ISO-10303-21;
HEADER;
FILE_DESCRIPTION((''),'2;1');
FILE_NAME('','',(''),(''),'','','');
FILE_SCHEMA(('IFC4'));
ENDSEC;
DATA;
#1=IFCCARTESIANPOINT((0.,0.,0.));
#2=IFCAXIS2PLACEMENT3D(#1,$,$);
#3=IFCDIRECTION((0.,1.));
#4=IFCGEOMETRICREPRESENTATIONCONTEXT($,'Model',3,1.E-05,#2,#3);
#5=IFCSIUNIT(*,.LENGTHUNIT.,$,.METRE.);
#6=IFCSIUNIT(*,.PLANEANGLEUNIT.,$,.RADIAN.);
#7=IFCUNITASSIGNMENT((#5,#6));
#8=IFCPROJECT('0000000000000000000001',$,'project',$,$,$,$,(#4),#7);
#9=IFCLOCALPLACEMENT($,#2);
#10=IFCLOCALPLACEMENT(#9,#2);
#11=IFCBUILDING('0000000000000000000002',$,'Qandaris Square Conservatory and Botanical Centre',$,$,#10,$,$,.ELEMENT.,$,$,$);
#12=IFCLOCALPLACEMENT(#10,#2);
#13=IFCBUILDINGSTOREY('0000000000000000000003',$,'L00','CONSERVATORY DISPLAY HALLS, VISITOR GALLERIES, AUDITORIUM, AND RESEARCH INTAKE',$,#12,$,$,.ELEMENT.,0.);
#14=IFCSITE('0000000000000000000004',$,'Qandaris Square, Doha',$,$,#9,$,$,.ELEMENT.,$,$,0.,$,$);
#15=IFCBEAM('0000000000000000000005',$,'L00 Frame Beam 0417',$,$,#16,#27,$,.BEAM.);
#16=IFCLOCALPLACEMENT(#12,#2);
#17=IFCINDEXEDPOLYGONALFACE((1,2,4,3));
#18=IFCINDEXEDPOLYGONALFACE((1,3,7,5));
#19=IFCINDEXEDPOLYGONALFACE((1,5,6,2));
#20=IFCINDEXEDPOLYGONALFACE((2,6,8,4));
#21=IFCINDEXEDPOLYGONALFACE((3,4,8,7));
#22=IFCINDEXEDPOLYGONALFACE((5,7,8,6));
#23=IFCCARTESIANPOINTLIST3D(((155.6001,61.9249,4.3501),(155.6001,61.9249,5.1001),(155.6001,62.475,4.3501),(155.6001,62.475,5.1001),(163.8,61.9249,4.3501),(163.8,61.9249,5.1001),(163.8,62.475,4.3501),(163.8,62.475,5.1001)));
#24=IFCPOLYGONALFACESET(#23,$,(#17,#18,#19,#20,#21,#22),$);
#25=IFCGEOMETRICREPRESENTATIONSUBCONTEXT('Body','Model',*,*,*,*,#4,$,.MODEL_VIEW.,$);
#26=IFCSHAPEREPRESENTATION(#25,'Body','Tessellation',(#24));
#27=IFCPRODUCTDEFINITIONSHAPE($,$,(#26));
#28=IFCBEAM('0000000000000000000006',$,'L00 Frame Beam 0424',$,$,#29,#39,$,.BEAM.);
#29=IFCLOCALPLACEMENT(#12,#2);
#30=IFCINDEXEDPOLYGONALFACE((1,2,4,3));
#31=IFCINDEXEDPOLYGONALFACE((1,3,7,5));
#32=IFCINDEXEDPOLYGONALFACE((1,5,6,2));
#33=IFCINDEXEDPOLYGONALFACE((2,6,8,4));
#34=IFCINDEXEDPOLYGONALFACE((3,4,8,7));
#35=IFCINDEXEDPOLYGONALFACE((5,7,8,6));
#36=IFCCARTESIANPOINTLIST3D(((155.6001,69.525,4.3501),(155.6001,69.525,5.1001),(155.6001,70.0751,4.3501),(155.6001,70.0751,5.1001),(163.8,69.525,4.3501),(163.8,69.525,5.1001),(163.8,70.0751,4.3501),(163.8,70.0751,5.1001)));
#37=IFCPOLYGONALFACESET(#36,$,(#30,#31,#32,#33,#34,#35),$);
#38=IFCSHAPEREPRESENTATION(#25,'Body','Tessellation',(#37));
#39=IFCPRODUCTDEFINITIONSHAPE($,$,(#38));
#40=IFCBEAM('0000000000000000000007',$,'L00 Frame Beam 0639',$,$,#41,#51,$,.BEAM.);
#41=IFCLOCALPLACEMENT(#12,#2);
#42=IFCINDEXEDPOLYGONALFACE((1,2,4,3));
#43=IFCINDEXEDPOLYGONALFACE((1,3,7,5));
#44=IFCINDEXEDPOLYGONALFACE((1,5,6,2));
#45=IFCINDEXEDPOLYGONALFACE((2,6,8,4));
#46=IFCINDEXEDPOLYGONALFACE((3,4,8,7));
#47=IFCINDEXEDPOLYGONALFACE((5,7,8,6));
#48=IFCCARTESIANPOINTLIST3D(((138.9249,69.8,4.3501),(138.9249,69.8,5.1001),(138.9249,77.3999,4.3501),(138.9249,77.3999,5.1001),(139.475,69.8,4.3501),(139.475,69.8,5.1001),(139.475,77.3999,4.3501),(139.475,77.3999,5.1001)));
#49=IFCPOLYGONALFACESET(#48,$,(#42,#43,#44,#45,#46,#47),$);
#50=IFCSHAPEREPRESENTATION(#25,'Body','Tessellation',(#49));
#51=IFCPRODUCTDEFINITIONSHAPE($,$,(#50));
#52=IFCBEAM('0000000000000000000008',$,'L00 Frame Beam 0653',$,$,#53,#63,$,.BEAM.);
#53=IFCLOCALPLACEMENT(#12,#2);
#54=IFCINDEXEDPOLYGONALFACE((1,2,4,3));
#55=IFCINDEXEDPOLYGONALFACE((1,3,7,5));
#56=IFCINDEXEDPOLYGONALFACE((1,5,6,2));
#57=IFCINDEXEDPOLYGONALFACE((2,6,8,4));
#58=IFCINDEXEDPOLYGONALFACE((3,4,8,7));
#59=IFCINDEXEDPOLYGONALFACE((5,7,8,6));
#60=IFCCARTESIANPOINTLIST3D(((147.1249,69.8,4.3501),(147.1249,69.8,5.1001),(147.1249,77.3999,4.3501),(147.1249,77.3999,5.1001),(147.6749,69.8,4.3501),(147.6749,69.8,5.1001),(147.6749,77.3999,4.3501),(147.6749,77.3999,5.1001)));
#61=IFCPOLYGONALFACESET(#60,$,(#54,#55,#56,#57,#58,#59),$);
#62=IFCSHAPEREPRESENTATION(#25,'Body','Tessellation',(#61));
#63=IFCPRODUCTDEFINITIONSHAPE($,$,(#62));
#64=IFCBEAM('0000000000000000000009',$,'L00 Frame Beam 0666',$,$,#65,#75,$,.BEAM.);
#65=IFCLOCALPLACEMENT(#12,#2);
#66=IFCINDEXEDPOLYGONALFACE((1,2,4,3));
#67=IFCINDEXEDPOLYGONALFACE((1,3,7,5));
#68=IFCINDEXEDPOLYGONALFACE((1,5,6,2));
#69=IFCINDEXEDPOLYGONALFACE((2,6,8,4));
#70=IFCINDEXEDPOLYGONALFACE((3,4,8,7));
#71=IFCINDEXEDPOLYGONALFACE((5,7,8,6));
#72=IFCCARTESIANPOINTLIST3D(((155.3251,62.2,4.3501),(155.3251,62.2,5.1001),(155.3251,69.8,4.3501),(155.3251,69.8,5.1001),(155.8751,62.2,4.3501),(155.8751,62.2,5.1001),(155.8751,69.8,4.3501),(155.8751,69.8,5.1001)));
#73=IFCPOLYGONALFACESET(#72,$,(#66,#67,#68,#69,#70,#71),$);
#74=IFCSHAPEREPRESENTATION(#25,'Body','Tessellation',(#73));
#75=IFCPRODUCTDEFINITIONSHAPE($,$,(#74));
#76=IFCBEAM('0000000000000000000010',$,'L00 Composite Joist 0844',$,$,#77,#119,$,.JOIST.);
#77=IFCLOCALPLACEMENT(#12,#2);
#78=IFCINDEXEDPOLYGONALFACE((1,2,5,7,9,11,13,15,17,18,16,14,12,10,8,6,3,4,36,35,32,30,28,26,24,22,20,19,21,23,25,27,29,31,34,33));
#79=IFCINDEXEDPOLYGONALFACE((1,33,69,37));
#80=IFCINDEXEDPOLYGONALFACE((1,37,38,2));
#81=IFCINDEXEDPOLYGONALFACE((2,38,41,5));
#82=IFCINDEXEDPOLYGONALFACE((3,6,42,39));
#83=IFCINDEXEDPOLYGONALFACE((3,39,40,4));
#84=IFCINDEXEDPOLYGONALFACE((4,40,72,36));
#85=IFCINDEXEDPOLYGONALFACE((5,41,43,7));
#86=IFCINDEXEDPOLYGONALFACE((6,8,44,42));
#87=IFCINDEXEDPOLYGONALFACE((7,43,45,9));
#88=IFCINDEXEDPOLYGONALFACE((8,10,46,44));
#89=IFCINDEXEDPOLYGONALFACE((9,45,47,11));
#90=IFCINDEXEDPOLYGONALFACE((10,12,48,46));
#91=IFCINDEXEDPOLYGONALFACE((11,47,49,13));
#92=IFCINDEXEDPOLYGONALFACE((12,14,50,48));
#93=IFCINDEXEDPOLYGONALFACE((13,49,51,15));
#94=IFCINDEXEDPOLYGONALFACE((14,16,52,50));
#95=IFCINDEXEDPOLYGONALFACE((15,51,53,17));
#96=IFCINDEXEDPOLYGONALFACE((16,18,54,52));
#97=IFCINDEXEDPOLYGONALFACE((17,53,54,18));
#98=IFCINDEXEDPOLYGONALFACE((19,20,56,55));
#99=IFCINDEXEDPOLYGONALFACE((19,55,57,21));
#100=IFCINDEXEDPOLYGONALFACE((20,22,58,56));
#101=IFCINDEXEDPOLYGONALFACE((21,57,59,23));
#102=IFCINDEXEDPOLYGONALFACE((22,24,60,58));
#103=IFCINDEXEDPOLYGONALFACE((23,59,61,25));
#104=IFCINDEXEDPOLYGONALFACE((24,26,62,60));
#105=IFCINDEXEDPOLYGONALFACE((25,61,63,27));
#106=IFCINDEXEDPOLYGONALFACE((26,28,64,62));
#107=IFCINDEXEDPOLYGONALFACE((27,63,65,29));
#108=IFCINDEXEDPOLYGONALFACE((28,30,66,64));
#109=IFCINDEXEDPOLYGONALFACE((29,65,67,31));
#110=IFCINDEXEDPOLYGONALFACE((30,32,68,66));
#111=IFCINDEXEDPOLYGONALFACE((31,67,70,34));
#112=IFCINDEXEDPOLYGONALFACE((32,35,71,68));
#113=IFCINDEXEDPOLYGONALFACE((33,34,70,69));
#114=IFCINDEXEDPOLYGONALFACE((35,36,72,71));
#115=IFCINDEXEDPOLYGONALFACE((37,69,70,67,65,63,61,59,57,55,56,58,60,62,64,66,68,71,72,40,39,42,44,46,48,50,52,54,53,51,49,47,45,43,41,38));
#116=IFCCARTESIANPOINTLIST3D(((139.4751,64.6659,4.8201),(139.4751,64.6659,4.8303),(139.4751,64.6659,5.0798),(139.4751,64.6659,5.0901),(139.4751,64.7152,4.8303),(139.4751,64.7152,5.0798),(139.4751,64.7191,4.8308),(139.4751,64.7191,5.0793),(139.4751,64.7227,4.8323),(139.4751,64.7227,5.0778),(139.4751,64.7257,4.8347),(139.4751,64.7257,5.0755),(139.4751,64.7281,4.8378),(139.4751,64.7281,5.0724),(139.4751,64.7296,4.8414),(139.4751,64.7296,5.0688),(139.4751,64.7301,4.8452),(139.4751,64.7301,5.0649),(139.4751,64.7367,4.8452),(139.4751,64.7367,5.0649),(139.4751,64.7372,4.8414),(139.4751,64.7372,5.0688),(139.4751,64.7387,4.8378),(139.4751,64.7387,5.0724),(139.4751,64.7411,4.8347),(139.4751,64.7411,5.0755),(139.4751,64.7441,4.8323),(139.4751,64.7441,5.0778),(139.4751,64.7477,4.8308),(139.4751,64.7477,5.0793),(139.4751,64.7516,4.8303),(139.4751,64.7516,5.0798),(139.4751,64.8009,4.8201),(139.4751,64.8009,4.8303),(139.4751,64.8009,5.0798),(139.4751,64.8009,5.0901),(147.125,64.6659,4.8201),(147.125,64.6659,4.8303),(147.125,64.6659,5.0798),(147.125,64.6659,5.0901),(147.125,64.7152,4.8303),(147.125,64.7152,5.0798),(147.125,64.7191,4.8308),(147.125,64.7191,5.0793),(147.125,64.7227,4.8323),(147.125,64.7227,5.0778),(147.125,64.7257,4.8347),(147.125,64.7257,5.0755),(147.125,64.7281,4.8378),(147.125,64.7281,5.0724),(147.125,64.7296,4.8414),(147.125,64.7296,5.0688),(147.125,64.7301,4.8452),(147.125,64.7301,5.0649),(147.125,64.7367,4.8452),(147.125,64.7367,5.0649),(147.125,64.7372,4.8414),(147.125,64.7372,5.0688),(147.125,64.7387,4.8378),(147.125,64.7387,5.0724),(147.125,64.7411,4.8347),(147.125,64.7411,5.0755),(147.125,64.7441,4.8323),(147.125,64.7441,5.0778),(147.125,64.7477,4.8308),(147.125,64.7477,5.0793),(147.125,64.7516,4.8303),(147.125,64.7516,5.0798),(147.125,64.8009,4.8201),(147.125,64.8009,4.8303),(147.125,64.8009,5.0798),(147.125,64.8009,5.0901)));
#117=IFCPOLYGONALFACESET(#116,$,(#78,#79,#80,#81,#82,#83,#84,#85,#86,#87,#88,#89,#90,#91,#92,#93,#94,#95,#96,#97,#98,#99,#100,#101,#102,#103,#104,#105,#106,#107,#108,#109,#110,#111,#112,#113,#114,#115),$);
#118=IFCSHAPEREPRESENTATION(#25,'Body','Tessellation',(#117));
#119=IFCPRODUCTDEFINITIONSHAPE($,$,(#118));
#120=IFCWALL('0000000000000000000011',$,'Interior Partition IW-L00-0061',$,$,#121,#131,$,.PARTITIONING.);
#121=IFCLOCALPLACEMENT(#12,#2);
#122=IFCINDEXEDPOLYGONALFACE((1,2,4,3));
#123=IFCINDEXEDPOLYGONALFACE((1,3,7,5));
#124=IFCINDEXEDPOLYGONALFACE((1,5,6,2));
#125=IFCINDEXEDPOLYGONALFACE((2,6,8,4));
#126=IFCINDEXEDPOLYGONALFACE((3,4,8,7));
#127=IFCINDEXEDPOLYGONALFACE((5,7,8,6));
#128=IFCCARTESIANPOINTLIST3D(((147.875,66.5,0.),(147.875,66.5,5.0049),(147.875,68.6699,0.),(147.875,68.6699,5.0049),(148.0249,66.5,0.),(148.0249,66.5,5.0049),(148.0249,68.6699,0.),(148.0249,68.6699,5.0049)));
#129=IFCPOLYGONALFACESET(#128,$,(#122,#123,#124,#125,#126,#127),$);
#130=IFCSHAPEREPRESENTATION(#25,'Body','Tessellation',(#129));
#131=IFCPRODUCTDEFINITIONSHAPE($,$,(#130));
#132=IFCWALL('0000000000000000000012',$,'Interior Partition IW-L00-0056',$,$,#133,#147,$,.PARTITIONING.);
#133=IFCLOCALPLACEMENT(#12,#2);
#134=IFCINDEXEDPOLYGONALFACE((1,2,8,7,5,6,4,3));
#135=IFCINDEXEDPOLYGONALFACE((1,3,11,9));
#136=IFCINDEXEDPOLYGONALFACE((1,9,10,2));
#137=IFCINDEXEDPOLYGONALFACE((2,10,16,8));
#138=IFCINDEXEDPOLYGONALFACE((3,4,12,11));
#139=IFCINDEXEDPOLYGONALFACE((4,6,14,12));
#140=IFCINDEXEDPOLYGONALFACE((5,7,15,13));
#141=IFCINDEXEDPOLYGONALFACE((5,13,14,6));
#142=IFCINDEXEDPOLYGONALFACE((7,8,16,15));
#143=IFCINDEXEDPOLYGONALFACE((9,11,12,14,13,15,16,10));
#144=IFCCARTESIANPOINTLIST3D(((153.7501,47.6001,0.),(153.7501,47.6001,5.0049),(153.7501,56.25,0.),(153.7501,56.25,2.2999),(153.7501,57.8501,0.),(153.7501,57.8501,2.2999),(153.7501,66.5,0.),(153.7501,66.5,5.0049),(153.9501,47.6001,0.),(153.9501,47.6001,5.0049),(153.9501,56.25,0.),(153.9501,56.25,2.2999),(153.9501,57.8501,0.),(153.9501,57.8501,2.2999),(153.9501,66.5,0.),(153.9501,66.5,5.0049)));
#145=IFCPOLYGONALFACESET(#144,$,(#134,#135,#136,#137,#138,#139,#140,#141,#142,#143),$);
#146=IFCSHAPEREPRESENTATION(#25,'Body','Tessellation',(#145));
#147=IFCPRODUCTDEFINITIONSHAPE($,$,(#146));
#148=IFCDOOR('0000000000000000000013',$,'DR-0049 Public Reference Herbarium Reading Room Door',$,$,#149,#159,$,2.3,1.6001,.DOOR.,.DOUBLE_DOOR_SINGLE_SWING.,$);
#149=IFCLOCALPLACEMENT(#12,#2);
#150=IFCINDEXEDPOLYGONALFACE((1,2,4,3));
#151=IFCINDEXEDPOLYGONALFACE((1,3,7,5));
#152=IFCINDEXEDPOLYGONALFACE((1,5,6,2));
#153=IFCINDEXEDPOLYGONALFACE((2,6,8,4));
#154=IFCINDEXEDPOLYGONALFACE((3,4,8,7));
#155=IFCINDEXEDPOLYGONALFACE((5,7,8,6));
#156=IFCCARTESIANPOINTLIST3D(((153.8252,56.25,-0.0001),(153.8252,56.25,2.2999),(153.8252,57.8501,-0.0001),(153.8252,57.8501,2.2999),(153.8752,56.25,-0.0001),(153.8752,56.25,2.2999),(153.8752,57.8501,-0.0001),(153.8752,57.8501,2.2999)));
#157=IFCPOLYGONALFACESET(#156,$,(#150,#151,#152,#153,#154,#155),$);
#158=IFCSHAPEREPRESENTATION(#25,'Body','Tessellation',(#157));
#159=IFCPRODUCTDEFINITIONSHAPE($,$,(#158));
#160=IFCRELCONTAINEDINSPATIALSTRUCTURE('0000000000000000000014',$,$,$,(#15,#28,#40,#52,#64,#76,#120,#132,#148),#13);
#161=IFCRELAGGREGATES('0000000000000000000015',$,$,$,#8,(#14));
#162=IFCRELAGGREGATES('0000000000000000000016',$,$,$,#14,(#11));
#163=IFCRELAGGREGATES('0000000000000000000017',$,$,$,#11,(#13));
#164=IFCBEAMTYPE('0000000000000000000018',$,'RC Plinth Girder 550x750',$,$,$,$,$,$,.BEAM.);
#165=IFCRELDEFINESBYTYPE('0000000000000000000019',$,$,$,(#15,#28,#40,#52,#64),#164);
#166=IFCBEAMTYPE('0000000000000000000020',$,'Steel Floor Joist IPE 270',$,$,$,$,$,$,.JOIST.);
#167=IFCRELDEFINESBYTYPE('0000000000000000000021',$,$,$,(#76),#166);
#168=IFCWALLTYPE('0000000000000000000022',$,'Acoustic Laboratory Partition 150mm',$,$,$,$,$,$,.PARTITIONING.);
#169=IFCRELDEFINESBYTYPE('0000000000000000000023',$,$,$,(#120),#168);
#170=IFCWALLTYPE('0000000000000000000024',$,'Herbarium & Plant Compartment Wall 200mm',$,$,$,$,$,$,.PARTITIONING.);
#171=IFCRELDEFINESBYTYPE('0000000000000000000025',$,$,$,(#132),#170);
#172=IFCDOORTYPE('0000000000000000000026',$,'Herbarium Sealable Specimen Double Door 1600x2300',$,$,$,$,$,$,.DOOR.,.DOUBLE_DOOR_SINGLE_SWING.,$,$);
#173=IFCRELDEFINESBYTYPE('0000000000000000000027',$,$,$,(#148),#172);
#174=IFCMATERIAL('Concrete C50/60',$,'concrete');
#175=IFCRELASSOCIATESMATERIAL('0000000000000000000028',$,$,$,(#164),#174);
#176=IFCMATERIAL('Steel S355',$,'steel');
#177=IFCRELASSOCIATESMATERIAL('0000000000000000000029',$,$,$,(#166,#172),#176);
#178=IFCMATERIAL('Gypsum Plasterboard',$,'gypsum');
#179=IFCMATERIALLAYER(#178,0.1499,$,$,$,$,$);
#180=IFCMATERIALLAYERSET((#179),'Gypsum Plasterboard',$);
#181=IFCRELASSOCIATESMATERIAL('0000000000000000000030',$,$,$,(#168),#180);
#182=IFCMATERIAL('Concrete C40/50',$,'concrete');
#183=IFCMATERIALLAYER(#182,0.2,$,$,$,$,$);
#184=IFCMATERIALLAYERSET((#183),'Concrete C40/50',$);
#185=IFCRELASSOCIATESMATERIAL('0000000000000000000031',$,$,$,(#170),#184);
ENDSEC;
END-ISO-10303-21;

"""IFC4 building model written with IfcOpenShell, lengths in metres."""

from ifc_helpers import new_model, si_unit, direction, frame, frame_2d, origin, origin_2d, place, context, subcontext, project, spatial, rectangle, i_section, extrude, material, layer, layer_set, material_profile, profile_set, type_object, element, fill, save


model = new_model("IFC4")

# Units and contexts
model_context = context("Model", 3, precision=1e-05, world=origin(), true_north=direction((0.0, 1.0)))
body_context = subcontext(model_context, "Body", "Model", "MODEL_VIEW")
ifc_project = project(units=[si_unit("LENGTHUNIT", "METRE"), si_unit("PLANEANGLEUNIT", "RADIAN")], contexts=[model_context])

# Site, building, storey
site_placement = place(None, origin())
site = spatial("IfcSite", under=ifc_project, at=site_placement, Name="Qandaris Square, Doha", CompositionType="ELEMENT", RefElevation=0.0)
building_placement = place(site_placement, origin())
building = spatial("IfcBuilding", under=site, at=building_placement, Name="Qandaris Square Conservatory and Botanical Centre", CompositionType="ELEMENT")
storey_placement = place(building_placement, origin())
storey = spatial("IfcBuildingStorey", under=building, at=storey_placement, Name="L00", Description="CONSERVATORY DISPLAY HALLS, VISITOR GALLERIES, AUDITORIUM, AND RESEARCH INTAKE", CompositionType="ELEMENT", Elevation=0.0)

# Shared definitions
ifc_material_1 = material(Name="Concrete C50/60", Category="concrete")

# Beams
ifc_material_2 = material(Name="Steel S355", Category="steel")
ifc_material_profile_1 = material_profile(ifc_material_1, rectangle(XDim=0.55, YDim=0.75, at=origin_2d()), Name="RC-BM 550x750")
ifc_profile_set_1 = profile_set([ifc_material_profile_1], Name="Concrete C50/60")
beam_type_1 = type_object("IfcBeamType", Name="RC Plinth Girder 550x750", PredefinedType="BEAM", material=ifc_profile_set_1)
for number, where, z_axis, x_axis, name in (
    (1, (155.6001, 62.2, 4.7251), (1.0, 0.0, 0.0), (0.0, 1.0, 0.0), "L00 Frame Beam 0417"),
    (2, (155.6001, 69.8, 4.7251), (1.0, 0.0, 0.0), (0.0, 1.0, 0.0), "L00 Frame Beam 0424"),
):
    element("IfcBeam", number, at=place(storey_placement, frame(where, z_axis=z_axis, x_axis=x_axis)), inside=storey, type_object=beam_type_1, Name=name, PredefinedType="BEAM", context=body_context, shape_type="SweptSolid", body=[
        extrude(rectangle(XDim=0.55, YDim=0.75, at=origin_2d()), origin(), (0.0, 0.0, 1.0), 8.2),
    ])
for number, where, z_axis, x_axis, name in (
    (3, (139.2, 69.8, 4.7251), (0.0, 1.0, 0.0), (-1.0, 0.0, 0.0), "L00 Frame Beam 0639"),
    (4, (147.3999, 69.8, 4.7251), (0.0, 1.0, 0.0), (-1.0, 0.0, 0.0), "L00 Frame Beam 0653"),
):
    element("IfcBeam", number, at=place(storey_placement, frame(where, z_axis=z_axis, x_axis=x_axis)), inside=storey, type_object=beam_type_1, Name=name, PredefinedType="BEAM", context=body_context, shape_type="SweptSolid", body=[
        extrude(rectangle(XDim=0.55, YDim=0.75, at=origin_2d()), origin(), (0.0, 0.0, 1.0), 7.5999),
    ])
beam_1_placement = place(storey_placement, frame((155.6001, 62.2, 4.7251), z_axis=(0.0, 1.0, 0.0), x_axis=(-1.0, 0.0, 0.0)))
element("IfcBeam", 5, at=beam_1_placement, inside=storey, type_object=beam_type_1, Name="L00 Frame Beam 0666", PredefinedType="BEAM", context=body_context, shape_type="SweptSolid", body=[
    extrude(rectangle(XDim=0.55, YDim=0.75, at=origin_2d()), origin(), (0.0, 0.0, 1.0), 7.6001),
])
ifc_material_profile_2 = material_profile(ifc_material_2, i_section(OverallWidth=0.135, OverallDepth=0.27, WebThickness=0.0066, FlangeThickness=0.0103, FilletRadius=0.0149, at=origin_2d()), Name="IPE 270")
ifc_profile_set_2 = profile_set([ifc_material_profile_2], Name="Steel S355")
beam_type_2 = type_object("IfcBeamType", Name="Steel Floor Joist IPE 270", PredefinedType="JOIST", material=ifc_profile_set_2)
beam_2_placement = place(storey_placement, frame((139.4751, 64.7334, 4.9551), z_axis=(1.0, 0.0, 0.0), x_axis=(0.0, 1.0, 0.0)))
element("IfcBeam", 6, at=beam_2_placement, inside=storey, type_object=beam_type_2, Name="L00 Composite Joist 0844", PredefinedType="JOIST", context=body_context, shape_type="SweptSolid", body=[
    extrude(i_section(OverallWidth=0.135, OverallDepth=0.27, WebThickness=0.0066, FlangeThickness=0.0103, FilletRadius=0.0149, at=origin_2d()), origin(), (0.0, 0.0, 1.0), 7.6499),
])

# Wall
ifc_material_3 = material(Name="Gypsum Plasterboard", Category="gypsum")
ifc_layer_1 = layer(ifc_material_3, 0.1499)
ifc_layer_set_1 = layer_set([ifc_layer_1], Name="Gypsum Plasterboard")
wall_type_1 = type_object("IfcWallType", Name="Acoustic Laboratory Partition 150mm", PredefinedType="PARTITIONING", material=ifc_layer_set_1)
wall_1_placement = place(storey_placement, frame((147.95, 66.5, 0.0), z_axis=(0.0, 0.0, 1.0), x_axis=(0.0, 1.0, 0.0)))
element("IfcWall", 7, at=wall_1_placement, inside=storey, type_object=wall_type_1, Name="Interior Partition IW-L00-0061", PredefinedType="PARTITIONING", context=body_context, shape_type="SweptSolid", body=[
    extrude(rectangle(XDim=2.1699, YDim=0.1499, at=frame_2d((1.085, 0.0))), origin(), (0.0, 0.0, 1.0), 5.0049),
])

# Wall, opening, door
ifc_material_4 = material(Name="Concrete C40/50", Category="concrete")
ifc_layer_2 = layer(ifc_material_4, 0.2)
ifc_layer_set_2 = layer_set([ifc_layer_2], Name="Concrete C40/50")
wall_type_2 = type_object("IfcWallType", Name="Herbarium & Plant Compartment Wall 200mm", PredefinedType="PARTITIONING", material=ifc_layer_set_2)
wall_2_placement = place(storey_placement, frame((153.8501, 66.5, 0.0), z_axis=(0.0, 0.0, 1.0), x_axis=(0.0, -1.0, 0.0)))
wall_2 = element("IfcWall", 8, at=wall_2_placement, inside=storey, type_object=wall_type_2, Name="Interior Partition IW-L00-0056", PredefinedType="PARTITIONING", context=body_context, shape_type="SweptSolid", body=[
    extrude(rectangle(XDim=18.8999, YDim=0.2, at=frame_2d((9.45, 0.0))), origin(), (0.0, 0.0, 1.0), 5.0049),
])
opening_1_placement = place(wall_2_placement, frame((8.6499, 0.0, 0.0)))
opening_1 = element("IfcOpeningElement", 9, at=opening_1_placement, cuts=wall_2, PredefinedType="OPENING", context=body_context, shape_type="SweptSolid", body=[
    extrude(rectangle(XDim=1.6001, YDim=2.3, at=frame_2d((0.8, 1.1499))), frame((0.0, 0.1118, 0.0), z_axis=(0.0, -1.0, 0.0), x_axis=(1.0, 0.0, 0.0)), (0.0, 0.0, 1.0), 0.2239),
])
door_type_1 = type_object("IfcDoorType", Name="Herbarium Sealable Specimen Double Door 1600x2300", OperationType="DOUBLE_DOOR_SINGLE_SWING", PredefinedType="DOOR", material=ifc_material_2)
door_1_placement = place(opening_1_placement, frame((1.6001, 0.0, 0.0), z_axis=(0.0, 0.0, 1.0), x_axis=(-1.0, 0.0, 0.0)))
door_1 = element("IfcDoor", 10, at=door_1_placement, inside=storey, type_object=door_type_1, Name="DR-0049 Public Reference Herbarium Reading Room Door", OperationType="DOUBLE_DOOR_SINGLE_SWING", OverallHeight=2.3, OverallWidth=1.6001, PredefinedType="DOOR", context=body_context, shape_type="SweptSolid", body=[
    extrude(rectangle(XDim=1.6001, YDim=2.3, at=frame_2d((0.8, 1.1499))), frame((0.0, 0.0249, 0.0), z_axis=(0.0, -1.0, 0.0), x_axis=(1.0, 0.0, 0.0)), (0.0, 0.0, 1.0), 0.05),
])
fill(opening_1, door_1)

save(model, "model.ifc")
